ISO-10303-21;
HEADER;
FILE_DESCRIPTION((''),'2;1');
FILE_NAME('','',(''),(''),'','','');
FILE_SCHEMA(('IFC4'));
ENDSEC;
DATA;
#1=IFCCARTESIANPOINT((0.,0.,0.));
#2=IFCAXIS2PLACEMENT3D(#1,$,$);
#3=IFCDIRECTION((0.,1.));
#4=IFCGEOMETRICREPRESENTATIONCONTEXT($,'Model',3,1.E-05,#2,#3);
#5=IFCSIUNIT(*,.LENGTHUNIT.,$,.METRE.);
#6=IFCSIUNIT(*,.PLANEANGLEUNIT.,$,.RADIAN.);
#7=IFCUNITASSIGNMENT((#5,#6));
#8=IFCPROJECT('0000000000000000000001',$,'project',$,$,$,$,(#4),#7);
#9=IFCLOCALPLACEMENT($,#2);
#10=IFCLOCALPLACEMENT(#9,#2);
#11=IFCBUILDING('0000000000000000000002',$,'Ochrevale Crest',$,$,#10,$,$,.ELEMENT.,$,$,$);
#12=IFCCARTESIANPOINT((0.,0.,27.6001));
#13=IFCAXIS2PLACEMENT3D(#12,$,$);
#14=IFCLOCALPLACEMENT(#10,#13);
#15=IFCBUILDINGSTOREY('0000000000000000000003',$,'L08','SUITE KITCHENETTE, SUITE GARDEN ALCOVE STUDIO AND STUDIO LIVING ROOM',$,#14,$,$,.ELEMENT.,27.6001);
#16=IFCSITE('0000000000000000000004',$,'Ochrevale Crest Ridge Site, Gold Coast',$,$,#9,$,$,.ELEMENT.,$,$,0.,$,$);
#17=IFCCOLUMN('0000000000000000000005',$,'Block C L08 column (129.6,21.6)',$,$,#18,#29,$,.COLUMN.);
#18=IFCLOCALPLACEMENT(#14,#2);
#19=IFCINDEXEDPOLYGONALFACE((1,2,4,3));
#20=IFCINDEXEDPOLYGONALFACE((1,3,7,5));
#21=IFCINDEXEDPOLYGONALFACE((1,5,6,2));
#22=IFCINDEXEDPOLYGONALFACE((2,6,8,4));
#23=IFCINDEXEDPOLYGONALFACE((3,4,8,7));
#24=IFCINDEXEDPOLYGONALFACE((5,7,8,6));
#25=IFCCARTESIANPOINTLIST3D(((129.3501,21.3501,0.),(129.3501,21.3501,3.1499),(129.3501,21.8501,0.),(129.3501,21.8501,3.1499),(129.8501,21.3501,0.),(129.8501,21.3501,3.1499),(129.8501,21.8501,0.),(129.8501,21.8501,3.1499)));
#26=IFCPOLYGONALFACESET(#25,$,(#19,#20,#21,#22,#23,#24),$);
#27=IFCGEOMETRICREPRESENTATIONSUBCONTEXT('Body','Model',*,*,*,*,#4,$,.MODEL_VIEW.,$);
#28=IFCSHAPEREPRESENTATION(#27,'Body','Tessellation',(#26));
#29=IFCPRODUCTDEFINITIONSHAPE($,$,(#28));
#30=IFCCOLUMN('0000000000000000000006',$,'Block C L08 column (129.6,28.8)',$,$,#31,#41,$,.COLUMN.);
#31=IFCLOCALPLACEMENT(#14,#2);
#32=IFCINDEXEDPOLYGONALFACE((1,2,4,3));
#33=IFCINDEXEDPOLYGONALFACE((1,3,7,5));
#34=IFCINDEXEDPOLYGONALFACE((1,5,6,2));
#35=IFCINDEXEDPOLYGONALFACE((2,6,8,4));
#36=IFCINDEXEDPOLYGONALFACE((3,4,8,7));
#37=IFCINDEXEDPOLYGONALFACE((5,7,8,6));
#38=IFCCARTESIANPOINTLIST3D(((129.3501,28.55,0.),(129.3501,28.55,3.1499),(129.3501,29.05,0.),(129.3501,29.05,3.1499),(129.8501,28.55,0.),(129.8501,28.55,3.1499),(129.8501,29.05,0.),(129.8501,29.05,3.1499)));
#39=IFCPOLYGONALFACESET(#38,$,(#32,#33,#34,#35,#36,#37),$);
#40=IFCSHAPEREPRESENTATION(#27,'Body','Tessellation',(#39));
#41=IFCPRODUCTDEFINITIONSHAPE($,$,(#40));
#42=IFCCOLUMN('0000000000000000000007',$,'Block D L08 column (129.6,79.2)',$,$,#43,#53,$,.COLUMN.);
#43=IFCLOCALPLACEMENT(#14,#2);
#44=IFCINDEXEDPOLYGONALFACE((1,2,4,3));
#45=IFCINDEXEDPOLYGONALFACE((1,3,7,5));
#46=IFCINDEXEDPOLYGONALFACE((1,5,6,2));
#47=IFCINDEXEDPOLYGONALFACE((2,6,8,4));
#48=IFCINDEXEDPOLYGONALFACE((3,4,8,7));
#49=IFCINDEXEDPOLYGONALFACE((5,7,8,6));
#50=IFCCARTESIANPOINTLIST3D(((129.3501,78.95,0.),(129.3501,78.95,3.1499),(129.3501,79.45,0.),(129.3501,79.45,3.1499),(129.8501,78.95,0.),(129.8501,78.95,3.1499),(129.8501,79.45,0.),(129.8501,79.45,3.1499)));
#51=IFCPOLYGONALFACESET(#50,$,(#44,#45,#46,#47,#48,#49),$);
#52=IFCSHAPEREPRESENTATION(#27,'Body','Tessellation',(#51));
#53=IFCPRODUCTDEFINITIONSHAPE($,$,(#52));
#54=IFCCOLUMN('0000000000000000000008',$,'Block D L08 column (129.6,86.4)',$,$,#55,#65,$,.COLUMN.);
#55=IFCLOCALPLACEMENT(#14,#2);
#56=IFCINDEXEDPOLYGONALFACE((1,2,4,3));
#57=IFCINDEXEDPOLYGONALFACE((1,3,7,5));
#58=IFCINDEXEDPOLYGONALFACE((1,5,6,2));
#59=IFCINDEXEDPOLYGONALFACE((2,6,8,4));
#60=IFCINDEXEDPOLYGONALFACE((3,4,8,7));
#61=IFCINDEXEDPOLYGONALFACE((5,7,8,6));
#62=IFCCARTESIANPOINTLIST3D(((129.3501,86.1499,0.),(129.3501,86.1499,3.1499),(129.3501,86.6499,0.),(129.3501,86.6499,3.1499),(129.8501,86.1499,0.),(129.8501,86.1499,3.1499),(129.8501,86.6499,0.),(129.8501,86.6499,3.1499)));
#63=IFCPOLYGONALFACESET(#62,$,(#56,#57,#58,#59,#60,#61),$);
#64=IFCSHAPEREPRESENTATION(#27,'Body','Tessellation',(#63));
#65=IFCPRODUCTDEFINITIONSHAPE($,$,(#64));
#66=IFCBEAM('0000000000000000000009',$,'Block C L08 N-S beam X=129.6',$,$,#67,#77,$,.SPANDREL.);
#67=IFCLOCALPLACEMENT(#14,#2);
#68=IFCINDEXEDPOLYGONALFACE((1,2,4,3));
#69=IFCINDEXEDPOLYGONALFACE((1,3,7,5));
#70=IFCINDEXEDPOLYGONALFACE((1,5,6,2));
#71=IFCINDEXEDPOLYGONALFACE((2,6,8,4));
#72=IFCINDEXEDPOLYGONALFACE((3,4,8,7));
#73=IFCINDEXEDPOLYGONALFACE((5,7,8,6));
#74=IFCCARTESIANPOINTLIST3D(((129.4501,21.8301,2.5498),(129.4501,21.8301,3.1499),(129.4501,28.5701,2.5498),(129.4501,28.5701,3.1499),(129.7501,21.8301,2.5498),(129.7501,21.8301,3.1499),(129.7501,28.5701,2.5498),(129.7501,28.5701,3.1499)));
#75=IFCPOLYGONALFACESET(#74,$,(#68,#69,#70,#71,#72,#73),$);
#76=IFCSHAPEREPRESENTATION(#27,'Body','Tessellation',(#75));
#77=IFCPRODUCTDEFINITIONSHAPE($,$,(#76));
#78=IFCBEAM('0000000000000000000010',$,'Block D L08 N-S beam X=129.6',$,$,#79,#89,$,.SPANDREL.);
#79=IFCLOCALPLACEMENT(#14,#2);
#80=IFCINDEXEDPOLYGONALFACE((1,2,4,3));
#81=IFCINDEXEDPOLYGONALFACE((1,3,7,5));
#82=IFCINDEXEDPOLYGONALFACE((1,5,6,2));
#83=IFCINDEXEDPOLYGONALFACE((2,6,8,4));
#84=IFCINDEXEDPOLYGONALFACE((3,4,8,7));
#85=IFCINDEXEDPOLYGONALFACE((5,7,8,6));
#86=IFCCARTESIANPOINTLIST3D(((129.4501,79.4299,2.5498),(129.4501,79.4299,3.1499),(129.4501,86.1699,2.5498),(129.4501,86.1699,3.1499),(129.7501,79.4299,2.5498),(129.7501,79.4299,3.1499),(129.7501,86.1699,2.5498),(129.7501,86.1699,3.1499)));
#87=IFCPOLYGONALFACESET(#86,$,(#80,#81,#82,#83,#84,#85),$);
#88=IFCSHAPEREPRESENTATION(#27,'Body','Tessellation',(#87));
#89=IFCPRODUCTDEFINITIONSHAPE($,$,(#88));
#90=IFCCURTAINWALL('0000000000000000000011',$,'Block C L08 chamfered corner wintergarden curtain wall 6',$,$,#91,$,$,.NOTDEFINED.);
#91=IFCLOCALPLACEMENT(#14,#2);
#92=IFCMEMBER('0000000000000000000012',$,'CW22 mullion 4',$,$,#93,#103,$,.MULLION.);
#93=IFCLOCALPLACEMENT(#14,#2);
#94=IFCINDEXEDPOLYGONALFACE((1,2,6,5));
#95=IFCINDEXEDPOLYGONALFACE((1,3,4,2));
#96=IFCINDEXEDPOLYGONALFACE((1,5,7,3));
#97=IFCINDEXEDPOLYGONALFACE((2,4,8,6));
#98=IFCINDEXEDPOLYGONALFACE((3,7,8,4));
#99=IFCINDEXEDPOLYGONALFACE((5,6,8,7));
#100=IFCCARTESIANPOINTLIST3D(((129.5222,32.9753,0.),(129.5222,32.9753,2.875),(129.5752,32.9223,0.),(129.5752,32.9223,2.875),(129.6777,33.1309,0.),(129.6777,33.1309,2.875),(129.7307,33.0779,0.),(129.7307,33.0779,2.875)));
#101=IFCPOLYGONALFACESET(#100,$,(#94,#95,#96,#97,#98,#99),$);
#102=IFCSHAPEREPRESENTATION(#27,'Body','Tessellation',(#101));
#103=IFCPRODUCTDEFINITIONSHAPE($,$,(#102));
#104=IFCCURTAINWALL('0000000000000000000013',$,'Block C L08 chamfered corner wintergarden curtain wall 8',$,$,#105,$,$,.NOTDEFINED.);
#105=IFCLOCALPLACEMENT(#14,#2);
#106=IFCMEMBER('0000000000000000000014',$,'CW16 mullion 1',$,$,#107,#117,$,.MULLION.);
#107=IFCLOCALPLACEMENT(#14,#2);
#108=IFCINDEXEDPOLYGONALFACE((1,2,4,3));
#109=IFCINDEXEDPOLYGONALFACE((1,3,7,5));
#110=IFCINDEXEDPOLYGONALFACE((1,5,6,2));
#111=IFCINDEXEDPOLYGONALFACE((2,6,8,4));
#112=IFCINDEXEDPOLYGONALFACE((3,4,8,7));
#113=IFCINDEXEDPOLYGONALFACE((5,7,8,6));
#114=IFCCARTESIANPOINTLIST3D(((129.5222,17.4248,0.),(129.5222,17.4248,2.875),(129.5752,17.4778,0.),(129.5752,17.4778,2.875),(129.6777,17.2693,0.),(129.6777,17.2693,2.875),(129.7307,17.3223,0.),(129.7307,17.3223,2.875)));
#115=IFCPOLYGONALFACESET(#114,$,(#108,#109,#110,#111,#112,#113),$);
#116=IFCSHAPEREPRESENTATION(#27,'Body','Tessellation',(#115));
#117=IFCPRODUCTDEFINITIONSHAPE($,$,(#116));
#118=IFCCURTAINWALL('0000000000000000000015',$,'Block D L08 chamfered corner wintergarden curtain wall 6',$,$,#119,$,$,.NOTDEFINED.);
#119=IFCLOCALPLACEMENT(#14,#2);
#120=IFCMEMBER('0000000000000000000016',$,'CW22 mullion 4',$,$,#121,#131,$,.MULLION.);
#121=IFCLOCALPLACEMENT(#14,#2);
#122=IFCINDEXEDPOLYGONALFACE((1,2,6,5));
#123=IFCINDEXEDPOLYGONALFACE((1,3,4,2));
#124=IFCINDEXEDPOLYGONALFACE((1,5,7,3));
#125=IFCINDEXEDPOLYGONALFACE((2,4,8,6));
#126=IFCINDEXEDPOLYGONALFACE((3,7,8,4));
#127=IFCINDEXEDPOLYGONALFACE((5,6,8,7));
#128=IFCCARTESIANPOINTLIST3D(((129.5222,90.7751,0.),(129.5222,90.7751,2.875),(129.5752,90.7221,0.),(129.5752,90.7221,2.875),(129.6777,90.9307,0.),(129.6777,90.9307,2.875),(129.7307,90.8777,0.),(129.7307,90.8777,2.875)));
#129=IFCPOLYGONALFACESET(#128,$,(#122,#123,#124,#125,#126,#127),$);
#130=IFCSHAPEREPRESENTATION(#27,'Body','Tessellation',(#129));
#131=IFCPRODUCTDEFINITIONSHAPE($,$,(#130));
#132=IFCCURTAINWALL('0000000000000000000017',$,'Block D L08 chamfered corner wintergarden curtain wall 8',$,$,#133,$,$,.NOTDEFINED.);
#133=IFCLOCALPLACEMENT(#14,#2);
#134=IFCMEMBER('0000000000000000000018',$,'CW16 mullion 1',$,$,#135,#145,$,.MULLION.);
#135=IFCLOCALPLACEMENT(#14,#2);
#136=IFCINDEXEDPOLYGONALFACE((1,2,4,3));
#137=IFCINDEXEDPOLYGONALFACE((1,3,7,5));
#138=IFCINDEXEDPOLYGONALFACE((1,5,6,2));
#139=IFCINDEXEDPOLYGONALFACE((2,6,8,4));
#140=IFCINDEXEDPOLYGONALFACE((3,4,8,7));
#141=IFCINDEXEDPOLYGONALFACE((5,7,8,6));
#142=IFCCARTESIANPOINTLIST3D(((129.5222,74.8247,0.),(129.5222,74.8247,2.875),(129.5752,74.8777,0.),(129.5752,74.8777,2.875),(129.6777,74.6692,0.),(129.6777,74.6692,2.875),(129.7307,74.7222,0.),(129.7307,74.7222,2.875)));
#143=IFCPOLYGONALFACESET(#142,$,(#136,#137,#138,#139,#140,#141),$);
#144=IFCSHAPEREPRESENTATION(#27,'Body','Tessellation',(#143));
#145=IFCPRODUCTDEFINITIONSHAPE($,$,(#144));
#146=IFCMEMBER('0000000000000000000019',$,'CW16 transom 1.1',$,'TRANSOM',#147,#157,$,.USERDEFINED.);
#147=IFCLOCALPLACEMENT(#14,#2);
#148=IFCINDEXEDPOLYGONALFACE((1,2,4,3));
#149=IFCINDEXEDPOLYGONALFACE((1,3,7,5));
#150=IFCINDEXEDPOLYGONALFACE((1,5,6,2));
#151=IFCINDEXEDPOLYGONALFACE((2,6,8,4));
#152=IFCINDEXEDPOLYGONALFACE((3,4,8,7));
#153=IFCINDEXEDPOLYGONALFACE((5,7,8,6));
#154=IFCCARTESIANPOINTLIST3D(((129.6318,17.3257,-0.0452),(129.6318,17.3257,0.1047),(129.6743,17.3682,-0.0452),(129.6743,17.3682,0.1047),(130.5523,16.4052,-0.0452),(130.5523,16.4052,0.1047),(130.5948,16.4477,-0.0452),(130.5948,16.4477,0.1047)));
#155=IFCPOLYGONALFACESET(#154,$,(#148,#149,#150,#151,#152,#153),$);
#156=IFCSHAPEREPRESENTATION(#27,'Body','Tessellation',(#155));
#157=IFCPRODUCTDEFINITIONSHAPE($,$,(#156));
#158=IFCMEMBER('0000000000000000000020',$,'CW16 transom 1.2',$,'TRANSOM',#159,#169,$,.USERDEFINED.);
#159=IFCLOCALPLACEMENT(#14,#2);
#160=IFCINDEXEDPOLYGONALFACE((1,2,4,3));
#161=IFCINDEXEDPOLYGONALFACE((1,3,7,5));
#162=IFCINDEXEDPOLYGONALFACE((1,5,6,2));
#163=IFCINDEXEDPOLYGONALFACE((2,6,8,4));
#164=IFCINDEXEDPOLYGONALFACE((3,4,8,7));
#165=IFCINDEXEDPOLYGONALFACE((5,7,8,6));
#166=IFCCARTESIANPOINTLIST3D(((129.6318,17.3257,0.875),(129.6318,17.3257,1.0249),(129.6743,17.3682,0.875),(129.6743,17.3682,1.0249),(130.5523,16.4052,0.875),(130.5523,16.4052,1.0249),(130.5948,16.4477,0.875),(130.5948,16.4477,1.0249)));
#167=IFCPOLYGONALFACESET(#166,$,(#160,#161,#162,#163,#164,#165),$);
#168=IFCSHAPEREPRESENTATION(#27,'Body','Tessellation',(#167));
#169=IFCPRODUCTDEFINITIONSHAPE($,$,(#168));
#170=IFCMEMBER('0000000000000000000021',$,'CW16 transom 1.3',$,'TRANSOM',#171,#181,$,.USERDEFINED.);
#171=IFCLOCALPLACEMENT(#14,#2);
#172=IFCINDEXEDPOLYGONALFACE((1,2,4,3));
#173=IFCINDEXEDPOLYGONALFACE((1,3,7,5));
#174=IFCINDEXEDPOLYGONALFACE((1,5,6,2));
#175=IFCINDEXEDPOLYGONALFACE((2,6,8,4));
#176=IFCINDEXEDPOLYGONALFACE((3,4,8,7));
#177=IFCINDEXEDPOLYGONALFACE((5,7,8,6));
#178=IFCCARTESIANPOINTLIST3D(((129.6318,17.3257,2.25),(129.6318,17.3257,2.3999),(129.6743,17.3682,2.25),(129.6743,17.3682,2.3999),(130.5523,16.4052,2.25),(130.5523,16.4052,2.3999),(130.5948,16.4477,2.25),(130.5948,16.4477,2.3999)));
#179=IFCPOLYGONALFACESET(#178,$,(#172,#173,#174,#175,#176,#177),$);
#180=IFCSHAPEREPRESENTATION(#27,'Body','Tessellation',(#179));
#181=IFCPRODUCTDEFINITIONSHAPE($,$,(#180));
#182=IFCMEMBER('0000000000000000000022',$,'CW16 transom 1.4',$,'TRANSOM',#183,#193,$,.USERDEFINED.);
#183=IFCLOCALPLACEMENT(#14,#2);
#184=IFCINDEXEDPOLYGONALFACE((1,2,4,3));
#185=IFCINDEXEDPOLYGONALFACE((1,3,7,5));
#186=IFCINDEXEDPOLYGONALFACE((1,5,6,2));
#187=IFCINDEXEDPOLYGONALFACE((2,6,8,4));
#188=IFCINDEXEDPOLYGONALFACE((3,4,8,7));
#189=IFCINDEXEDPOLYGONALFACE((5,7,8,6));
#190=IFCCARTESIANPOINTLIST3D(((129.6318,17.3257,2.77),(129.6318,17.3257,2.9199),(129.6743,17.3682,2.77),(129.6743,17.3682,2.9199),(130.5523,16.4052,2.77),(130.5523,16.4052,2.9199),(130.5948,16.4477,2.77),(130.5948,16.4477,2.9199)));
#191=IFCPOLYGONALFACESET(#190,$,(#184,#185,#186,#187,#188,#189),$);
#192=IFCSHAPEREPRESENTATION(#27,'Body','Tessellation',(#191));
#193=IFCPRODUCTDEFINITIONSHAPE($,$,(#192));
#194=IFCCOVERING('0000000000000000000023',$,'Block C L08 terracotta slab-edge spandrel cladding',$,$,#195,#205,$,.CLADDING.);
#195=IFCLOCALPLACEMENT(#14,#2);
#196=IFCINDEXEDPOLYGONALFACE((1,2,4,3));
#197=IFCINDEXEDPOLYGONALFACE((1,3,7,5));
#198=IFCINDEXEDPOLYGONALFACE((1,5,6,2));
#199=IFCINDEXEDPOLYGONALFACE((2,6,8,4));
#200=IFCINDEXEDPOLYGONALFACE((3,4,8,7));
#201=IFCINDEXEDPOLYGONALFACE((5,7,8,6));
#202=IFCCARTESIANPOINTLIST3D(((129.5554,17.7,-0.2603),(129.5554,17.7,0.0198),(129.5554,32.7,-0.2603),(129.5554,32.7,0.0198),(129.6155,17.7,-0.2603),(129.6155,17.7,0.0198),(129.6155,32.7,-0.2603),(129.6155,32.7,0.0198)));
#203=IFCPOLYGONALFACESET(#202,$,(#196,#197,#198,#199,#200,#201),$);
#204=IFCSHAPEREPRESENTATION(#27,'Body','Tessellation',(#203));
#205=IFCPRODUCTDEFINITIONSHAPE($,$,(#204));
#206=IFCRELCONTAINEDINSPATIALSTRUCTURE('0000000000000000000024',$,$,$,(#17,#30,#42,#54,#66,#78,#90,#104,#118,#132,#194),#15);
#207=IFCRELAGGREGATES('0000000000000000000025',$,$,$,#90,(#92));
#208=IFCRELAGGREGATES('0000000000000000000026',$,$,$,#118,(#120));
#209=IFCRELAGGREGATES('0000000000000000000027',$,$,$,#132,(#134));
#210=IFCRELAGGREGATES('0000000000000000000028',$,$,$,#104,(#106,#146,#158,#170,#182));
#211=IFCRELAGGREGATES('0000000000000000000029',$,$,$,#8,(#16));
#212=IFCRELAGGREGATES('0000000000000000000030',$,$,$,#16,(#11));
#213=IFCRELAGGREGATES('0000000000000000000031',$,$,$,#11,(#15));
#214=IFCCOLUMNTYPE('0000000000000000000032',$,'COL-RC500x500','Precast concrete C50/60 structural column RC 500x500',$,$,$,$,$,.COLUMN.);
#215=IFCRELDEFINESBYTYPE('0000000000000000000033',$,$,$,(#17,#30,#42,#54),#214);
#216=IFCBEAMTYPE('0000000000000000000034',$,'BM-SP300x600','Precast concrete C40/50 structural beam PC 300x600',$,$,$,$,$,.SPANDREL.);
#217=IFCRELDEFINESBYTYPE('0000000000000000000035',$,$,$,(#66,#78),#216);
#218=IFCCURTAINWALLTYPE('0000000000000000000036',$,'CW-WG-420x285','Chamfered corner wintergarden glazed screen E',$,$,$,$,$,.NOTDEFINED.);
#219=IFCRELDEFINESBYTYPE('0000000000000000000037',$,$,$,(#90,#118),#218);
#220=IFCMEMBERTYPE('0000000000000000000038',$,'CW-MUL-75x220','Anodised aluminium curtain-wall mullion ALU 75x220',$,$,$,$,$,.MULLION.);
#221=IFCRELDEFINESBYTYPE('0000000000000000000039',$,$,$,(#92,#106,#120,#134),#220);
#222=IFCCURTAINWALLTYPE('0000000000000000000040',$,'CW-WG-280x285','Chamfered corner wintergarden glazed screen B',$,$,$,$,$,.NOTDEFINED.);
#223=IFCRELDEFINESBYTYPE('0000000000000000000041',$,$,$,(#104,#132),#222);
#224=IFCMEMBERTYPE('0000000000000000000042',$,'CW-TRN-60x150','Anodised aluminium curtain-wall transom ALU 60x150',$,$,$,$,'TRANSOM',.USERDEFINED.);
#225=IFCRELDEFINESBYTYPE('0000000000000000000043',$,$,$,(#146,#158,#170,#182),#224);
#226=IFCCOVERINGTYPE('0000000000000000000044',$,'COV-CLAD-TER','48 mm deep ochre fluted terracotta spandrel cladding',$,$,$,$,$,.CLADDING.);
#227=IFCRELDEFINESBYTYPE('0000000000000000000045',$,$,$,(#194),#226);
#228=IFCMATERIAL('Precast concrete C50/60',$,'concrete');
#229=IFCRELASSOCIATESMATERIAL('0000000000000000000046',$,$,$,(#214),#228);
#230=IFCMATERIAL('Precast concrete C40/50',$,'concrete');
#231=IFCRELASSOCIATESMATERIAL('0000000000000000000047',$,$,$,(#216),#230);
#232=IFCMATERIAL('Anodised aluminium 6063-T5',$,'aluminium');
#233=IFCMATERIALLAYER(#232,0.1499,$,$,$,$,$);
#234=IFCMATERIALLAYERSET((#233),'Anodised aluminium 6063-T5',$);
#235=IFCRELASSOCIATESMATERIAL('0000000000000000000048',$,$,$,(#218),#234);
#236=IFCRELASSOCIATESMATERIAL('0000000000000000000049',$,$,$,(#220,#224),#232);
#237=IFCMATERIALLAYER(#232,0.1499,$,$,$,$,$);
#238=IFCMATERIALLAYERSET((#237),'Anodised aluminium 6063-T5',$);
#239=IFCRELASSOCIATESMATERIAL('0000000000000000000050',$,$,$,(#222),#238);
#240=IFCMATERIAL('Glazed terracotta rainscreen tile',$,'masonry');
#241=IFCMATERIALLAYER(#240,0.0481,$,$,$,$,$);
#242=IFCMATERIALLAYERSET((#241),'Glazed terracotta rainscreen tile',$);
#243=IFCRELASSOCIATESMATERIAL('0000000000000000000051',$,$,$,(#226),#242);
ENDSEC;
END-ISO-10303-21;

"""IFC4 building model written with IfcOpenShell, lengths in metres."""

from ifc_helpers import new_model, si_unit, direction, frame, origin, origin_2d, place, context, subcontext, project, spatial, rectangle, extrude, material, layer, layer_set, material_profile, profile_set, type_object, element, aggregate, save


model = new_model("IFC4")

# Units and contexts
model_context = context("Model", 3, precision=1e-05, world=origin(), true_north=direction((0.0, 1.0)))
body_context = subcontext(model_context, "Body", "Model", "MODEL_VIEW")
ifc_project = project(units=[si_unit("LENGTHUNIT", "METRE"), si_unit("PLANEANGLEUNIT", "RADIAN")], contexts=[model_context])

# Site, building, storey
site_placement = place(None, origin())
site = spatial("IfcSite", under=ifc_project, at=site_placement, Name="Ochrevale Crest Ridge Site, Gold Coast", CompositionType="ELEMENT", RefElevation=0.0)
building_placement = place(site_placement, origin())
building = spatial("IfcBuilding", under=site, at=building_placement, Name="Ochrevale Crest", CompositionType="ELEMENT")
storey_placement = place(building_placement, frame((0.0, 0.0, 27.6001)))
storey = spatial("IfcBuildingStorey", under=building, at=storey_placement, Name="L08", Description="SUITE KITCHENETTE, SUITE GARDEN ALCOVE STUDIO AND STUDIO LIVING ROOM", CompositionType="ELEMENT", Elevation=27.6001)

# Columns
ifc_material_1 = material(Name="Precast concrete C50/60", Category="concrete")
ifc_material_profile_1 = material_profile(ifc_material_1, rectangle(XDim=0.5, YDim=0.5, at=origin_2d()), Name="RC 500x500")
ifc_profile_set_1 = profile_set([ifc_material_profile_1], Name="Precast concrete C50/60")
column_type = type_object("IfcColumnType", Name="COL-RC500x500", Description="Precast concrete C50/60 structural column RC 500x500", PredefinedType="COLUMN", material=ifc_profile_set_1)
for number, where, z_axis, x_axis, name in (
    (1, (129.6001, 21.6001, 0.0), (0.0, 0.0, 1.0), (1.0, 0.0, 0.0), "Block C L08 column (129.6,21.6)"),
    (2, (129.6001, 28.8, 0.0), (0.0, 0.0, 1.0), (1.0, 0.0, 0.0), "Block C L08 column (129.6,28.8)"),
    (3, (129.6001, 79.2, 0.0), (0.0, 0.0, 1.0), (1.0, 0.0, 0.0), "Block D L08 column (129.6,79.2)"),
    (4, (129.6001, 86.3999, 0.0), (0.0, 0.0, 1.0), (1.0, 0.0, 0.0), "Block D L08 column (129.6,86.4)"),
):
    element("IfcColumn", number, at=place(storey_placement, frame(where, z_axis=z_axis, x_axis=x_axis)), inside=storey, type_object=column_type, Name=name, PredefinedType="COLUMN", context=body_context, shape_type="SweptSolid", body=[
        extrude(rectangle(XDim=0.5, YDim=0.5, at=origin_2d()), origin(), (0.0, 0.0, 1.0), 3.1499),
    ])

# Beams
ifc_material_2 = material(Name="Precast concrete C40/50", Category="concrete")
ifc_material_profile_2 = material_profile(ifc_material_2, rectangle(XDim=0.3, YDim=0.6001, at=origin_2d()), Name="PC 300x600")
ifc_profile_set_2 = profile_set([ifc_material_profile_2], Name="Precast concrete C40/50")
beam_type = type_object("IfcBeamType", Name="BM-SP300x600", Description="Precast concrete C40/50 structural beam PC 300x600", PredefinedType="SPANDREL", material=ifc_profile_set_2)
for number, where, z_axis, x_axis, name in (
    (5, (129.6001, 21.8301, 2.8499), (0.0, 1.0, 0.0), (-1.0, 0.0, 0.0), "Block C L08 N-S beam X=129.6"),
    (6, (129.6001, 79.4299, 2.8499), (0.0, 1.0, 0.0), (-1.0, 0.0, 0.0), "Block D L08 N-S beam X=129.6"),
):
    element("IfcBeam", number, at=place(storey_placement, frame(where, z_axis=z_axis, x_axis=x_axis)), inside=storey, type_object=beam_type, Name=name, PredefinedType="SPANDREL", context=body_context, shape_type="SweptSolid", body=[
        extrude(rectangle(XDim=0.3, YDim=0.6001, at=origin_2d()), origin(), (0.0, 0.0, 1.0), 6.74),
    ])

# Curtain walls, members
ifc_material_3 = material(Name="Anodised aluminium 6063-T5", Category="aluminium")
ifc_layer_1 = layer(ifc_material_3, 0.1499)
ifc_layer_set_1 = layer_set([ifc_layer_1], Name="Anodised aluminium 6063-T5")
curtain_wall_type_1 = type_object("IfcCurtainWallType", Name="CW-WG-420x285", Description="Chamfered corner wintergarden glazed screen E", PredefinedType="NOTDEFINED", material=ifc_layer_set_1)
curtain_wall_1_placement = place(storey_placement, origin())
curtain_wall_1 = element("IfcCurtainWall", 7, at=curtain_wall_1_placement, inside=storey, type_object=curtain_wall_type_1, Name="Block C L08 chamfered corner wintergarden curtain wall 6", PredefinedType="NOTDEFINED")
ifc_material_profile_3 = material_profile(ifc_material_3, rectangle(XDim=0.075, YDim=0.22, at=origin_2d()), Name="ALU 75x220")
ifc_profile_set_3 = profile_set([ifc_material_profile_3], Name="Anodised aluminium 6063-T5")
member_type_1 = type_object("IfcMemberType", Name="CW-MUL-75x220", Description="Anodised aluminium curtain-wall mullion ALU 75x220", PredefinedType="MULLION", material=ifc_profile_set_3)
member_1_placement = place(storey_placement, frame((129.6265, 33.0266, 0.0), z_axis=(0.0, 0.0, 1.0), x_axis=(0.707107, -0.707107, 0.0)))
member_1 = element("IfcMember", 8, at=member_1_placement, type_object=member_type_1, Name="CW22 mullion 4", PredefinedType="MULLION", context=body_context, shape_type="SweptSolid", body=[
    extrude(rectangle(XDim=0.075, YDim=0.22, at=origin_2d()), origin(), (0.0, 0.0, 1.0), 2.875),
])
aggregate(curtain_wall_1, [member_1])
ifc_layer_2 = layer(ifc_material_3, 0.1499)
ifc_layer_set_2 = layer_set([ifc_layer_2], Name="Anodised aluminium 6063-T5")
curtain_wall_type_2 = type_object("IfcCurtainWallType", Name="CW-WG-280x285", Description="Chamfered corner wintergarden glazed screen B", PredefinedType="NOTDEFINED", material=ifc_layer_set_2)
curtain_wall_2_placement = place(storey_placement, origin())
curtain_wall_2 = element("IfcCurtainWall", 9, at=curtain_wall_2_placement, inside=storey, type_object=curtain_wall_type_2, Name="Block C L08 chamfered corner wintergarden curtain wall 8", PredefinedType="NOTDEFINED")
member_2_placement = place(storey_placement, frame((129.6265, 17.3735, 0.0), z_axis=(0.0, 0.0, 1.0), x_axis=(0.707107, 0.707107, 0.0)))
member_2 = element("IfcMember", 10, at=member_2_placement, type_object=member_type_1, Name="CW16 mullion 1", PredefinedType="MULLION", context=body_context, shape_type="SweptSolid", body=[
    extrude(rectangle(XDim=0.075, YDim=0.22, at=origin_2d()), origin(), (0.0, 0.0, 1.0), 2.875),
])
curtain_wall_3_placement = place(storey_placement, origin())
curtain_wall_3 = element("IfcCurtainWall", 11, at=curtain_wall_3_placement, inside=storey, type_object=curtain_wall_type_1, Name="Block D L08 chamfered corner wintergarden curtain wall 6", PredefinedType="NOTDEFINED")
member_3_placement = place(storey_placement, frame((129.6265, 90.8264, 0.0), z_axis=(0.0, 0.0, 1.0), x_axis=(0.707107, -0.707107, 0.0)))
member_3 = element("IfcMember", 12, at=member_3_placement, type_object=member_type_1, Name="CW22 mullion 4", PredefinedType="MULLION", context=body_context, shape_type="SweptSolid", body=[
    extrude(rectangle(XDim=0.075, YDim=0.22, at=origin_2d()), origin(), (0.0, 0.0, 1.0), 2.875),
])
aggregate(curtain_wall_3, [member_3])
curtain_wall_4_placement = place(storey_placement, origin())
curtain_wall_4 = element("IfcCurtainWall", 13, at=curtain_wall_4_placement, inside=storey, type_object=curtain_wall_type_2, Name="Block D L08 chamfered corner wintergarden curtain wall 8", PredefinedType="NOTDEFINED")
member_4_placement = place(storey_placement, frame((129.6265, 74.7734, 0.0), z_axis=(0.0, 0.0, 1.0), x_axis=(0.707107, 0.707107, 0.0)))
member_4 = element("IfcMember", 14, at=member_4_placement, type_object=member_type_1, Name="CW16 mullion 1", PredefinedType="MULLION", context=body_context, shape_type="SweptSolid", body=[
    extrude(rectangle(XDim=0.075, YDim=0.22, at=origin_2d()), origin(), (0.0, 0.0, 1.0), 2.875),
])
aggregate(curtain_wall_4, [member_4])

# Members
ifc_material_profile_4 = material_profile(ifc_material_3, rectangle(XDim=0.0601, YDim=0.1499, at=origin_2d()), Name="ALU 60x150")
ifc_profile_set_4 = profile_set([ifc_material_profile_4], Name="Anodised aluminium 6063-T5")
member_type_2 = type_object("IfcMemberType", Name="CW-TRN-60x150", Description="Anodised aluminium curtain-wall transom ALU 60x150", ElementType="TRANSOM", PredefinedType="USERDEFINED", material=ifc_profile_set_4)
member_5_placement = place(storey_placement, frame((129.6531, 17.3469, 0.0298), z_axis=(0.707107, -0.707107, 0.0), x_axis=(0.707107, 0.707107, 0.0)))
member_5 = element("IfcMember", 15, at=member_5_placement, type_object=member_type_2, Name="CW16 transom 1.1", ObjectType="TRANSOM", PredefinedType="USERDEFINED", context=body_context, shape_type="SweptSolid", body=[
    extrude(rectangle(XDim=0.0601, YDim=0.1499, at=origin_2d()), origin(), (0.0, 0.0, 1.0), 1.3018),
])
member_6_placement = place(storey_placement, frame((129.6531, 17.3469, 0.95), z_axis=(0.707107, -0.707107, 0.0), x_axis=(0.707107, 0.707107, 0.0)))
member_6 = element("IfcMember", 16, at=member_6_placement, type_object=member_type_2, Name="CW16 transom 1.2", ObjectType="TRANSOM", PredefinedType="USERDEFINED", context=body_context, shape_type="SweptSolid", body=[
    extrude(rectangle(XDim=0.0601, YDim=0.1499, at=origin_2d()), origin(), (0.0, 0.0, 1.0), 1.3018),
])
member_7_placement = place(storey_placement, frame((129.6531, 17.3469, 2.325), z_axis=(0.707107, -0.707107, 0.0), x_axis=(0.707107, 0.707107, 0.0)))
member_7 = element("IfcMember", 17, at=member_7_placement, type_object=member_type_2, Name="CW16 transom 1.3", ObjectType="TRANSOM", PredefinedType="USERDEFINED", context=body_context, shape_type="SweptSolid", body=[
    extrude(rectangle(XDim=0.0601, YDim=0.1499, at=origin_2d()), origin(), (0.0, 0.0, 1.0), 1.3018),
])
member_8_placement = place(storey_placement, frame((129.6531, 17.3469, 2.845), z_axis=(0.707107, -0.707107, 0.0), x_axis=(0.707107, 0.707107, 0.0)))
member_8 = element("IfcMember", 18, at=member_8_placement, type_object=member_type_2, Name="CW16 transom 1.4", ObjectType="TRANSOM", PredefinedType="USERDEFINED", context=body_context, shape_type="SweptSolid", body=[
    extrude(rectangle(XDim=0.0601, YDim=0.1499, at=origin_2d()), origin(), (0.0, 0.0, 1.0), 1.3018),
])
aggregate(curtain_wall_2, [member_2, member_5, member_6, member_7, member_8])

# Covering
ifc_material_4 = material(Name="Glazed terracotta rainscreen tile", Category="masonry")
ifc_layer_3 = layer(ifc_material_4, 0.0481)
ifc_layer_set_3 = layer_set([ifc_layer_3], Name="Glazed terracotta rainscreen tile")
covering_type = type_object("IfcCoveringType", Name="COV-CLAD-TER", Description="48 mm deep ochre fluted terracotta spandrel cladding", PredefinedType="CLADDING", material=ifc_layer_set_3)
covering_1_placement = place(storey_placement, frame((129.5854, 25.2, -0.2603), z_axis=(0.0, 0.0, 1.0), x_axis=(0.0, -1.0, 0.0)))
element("IfcCovering", 19, at=covering_1_placement, inside=storey, type_object=covering_type, Name="Block C L08 terracotta slab-edge spandrel cladding", PredefinedType="CLADDING", context=body_context, shape_type="SweptSolid", body=[
    extrude(rectangle(XDim=15.0, YDim=0.0601, at=origin_2d()), origin(), (0.0, 0.0, 1.0), 0.28),
])

save(model, "model.ifc")
